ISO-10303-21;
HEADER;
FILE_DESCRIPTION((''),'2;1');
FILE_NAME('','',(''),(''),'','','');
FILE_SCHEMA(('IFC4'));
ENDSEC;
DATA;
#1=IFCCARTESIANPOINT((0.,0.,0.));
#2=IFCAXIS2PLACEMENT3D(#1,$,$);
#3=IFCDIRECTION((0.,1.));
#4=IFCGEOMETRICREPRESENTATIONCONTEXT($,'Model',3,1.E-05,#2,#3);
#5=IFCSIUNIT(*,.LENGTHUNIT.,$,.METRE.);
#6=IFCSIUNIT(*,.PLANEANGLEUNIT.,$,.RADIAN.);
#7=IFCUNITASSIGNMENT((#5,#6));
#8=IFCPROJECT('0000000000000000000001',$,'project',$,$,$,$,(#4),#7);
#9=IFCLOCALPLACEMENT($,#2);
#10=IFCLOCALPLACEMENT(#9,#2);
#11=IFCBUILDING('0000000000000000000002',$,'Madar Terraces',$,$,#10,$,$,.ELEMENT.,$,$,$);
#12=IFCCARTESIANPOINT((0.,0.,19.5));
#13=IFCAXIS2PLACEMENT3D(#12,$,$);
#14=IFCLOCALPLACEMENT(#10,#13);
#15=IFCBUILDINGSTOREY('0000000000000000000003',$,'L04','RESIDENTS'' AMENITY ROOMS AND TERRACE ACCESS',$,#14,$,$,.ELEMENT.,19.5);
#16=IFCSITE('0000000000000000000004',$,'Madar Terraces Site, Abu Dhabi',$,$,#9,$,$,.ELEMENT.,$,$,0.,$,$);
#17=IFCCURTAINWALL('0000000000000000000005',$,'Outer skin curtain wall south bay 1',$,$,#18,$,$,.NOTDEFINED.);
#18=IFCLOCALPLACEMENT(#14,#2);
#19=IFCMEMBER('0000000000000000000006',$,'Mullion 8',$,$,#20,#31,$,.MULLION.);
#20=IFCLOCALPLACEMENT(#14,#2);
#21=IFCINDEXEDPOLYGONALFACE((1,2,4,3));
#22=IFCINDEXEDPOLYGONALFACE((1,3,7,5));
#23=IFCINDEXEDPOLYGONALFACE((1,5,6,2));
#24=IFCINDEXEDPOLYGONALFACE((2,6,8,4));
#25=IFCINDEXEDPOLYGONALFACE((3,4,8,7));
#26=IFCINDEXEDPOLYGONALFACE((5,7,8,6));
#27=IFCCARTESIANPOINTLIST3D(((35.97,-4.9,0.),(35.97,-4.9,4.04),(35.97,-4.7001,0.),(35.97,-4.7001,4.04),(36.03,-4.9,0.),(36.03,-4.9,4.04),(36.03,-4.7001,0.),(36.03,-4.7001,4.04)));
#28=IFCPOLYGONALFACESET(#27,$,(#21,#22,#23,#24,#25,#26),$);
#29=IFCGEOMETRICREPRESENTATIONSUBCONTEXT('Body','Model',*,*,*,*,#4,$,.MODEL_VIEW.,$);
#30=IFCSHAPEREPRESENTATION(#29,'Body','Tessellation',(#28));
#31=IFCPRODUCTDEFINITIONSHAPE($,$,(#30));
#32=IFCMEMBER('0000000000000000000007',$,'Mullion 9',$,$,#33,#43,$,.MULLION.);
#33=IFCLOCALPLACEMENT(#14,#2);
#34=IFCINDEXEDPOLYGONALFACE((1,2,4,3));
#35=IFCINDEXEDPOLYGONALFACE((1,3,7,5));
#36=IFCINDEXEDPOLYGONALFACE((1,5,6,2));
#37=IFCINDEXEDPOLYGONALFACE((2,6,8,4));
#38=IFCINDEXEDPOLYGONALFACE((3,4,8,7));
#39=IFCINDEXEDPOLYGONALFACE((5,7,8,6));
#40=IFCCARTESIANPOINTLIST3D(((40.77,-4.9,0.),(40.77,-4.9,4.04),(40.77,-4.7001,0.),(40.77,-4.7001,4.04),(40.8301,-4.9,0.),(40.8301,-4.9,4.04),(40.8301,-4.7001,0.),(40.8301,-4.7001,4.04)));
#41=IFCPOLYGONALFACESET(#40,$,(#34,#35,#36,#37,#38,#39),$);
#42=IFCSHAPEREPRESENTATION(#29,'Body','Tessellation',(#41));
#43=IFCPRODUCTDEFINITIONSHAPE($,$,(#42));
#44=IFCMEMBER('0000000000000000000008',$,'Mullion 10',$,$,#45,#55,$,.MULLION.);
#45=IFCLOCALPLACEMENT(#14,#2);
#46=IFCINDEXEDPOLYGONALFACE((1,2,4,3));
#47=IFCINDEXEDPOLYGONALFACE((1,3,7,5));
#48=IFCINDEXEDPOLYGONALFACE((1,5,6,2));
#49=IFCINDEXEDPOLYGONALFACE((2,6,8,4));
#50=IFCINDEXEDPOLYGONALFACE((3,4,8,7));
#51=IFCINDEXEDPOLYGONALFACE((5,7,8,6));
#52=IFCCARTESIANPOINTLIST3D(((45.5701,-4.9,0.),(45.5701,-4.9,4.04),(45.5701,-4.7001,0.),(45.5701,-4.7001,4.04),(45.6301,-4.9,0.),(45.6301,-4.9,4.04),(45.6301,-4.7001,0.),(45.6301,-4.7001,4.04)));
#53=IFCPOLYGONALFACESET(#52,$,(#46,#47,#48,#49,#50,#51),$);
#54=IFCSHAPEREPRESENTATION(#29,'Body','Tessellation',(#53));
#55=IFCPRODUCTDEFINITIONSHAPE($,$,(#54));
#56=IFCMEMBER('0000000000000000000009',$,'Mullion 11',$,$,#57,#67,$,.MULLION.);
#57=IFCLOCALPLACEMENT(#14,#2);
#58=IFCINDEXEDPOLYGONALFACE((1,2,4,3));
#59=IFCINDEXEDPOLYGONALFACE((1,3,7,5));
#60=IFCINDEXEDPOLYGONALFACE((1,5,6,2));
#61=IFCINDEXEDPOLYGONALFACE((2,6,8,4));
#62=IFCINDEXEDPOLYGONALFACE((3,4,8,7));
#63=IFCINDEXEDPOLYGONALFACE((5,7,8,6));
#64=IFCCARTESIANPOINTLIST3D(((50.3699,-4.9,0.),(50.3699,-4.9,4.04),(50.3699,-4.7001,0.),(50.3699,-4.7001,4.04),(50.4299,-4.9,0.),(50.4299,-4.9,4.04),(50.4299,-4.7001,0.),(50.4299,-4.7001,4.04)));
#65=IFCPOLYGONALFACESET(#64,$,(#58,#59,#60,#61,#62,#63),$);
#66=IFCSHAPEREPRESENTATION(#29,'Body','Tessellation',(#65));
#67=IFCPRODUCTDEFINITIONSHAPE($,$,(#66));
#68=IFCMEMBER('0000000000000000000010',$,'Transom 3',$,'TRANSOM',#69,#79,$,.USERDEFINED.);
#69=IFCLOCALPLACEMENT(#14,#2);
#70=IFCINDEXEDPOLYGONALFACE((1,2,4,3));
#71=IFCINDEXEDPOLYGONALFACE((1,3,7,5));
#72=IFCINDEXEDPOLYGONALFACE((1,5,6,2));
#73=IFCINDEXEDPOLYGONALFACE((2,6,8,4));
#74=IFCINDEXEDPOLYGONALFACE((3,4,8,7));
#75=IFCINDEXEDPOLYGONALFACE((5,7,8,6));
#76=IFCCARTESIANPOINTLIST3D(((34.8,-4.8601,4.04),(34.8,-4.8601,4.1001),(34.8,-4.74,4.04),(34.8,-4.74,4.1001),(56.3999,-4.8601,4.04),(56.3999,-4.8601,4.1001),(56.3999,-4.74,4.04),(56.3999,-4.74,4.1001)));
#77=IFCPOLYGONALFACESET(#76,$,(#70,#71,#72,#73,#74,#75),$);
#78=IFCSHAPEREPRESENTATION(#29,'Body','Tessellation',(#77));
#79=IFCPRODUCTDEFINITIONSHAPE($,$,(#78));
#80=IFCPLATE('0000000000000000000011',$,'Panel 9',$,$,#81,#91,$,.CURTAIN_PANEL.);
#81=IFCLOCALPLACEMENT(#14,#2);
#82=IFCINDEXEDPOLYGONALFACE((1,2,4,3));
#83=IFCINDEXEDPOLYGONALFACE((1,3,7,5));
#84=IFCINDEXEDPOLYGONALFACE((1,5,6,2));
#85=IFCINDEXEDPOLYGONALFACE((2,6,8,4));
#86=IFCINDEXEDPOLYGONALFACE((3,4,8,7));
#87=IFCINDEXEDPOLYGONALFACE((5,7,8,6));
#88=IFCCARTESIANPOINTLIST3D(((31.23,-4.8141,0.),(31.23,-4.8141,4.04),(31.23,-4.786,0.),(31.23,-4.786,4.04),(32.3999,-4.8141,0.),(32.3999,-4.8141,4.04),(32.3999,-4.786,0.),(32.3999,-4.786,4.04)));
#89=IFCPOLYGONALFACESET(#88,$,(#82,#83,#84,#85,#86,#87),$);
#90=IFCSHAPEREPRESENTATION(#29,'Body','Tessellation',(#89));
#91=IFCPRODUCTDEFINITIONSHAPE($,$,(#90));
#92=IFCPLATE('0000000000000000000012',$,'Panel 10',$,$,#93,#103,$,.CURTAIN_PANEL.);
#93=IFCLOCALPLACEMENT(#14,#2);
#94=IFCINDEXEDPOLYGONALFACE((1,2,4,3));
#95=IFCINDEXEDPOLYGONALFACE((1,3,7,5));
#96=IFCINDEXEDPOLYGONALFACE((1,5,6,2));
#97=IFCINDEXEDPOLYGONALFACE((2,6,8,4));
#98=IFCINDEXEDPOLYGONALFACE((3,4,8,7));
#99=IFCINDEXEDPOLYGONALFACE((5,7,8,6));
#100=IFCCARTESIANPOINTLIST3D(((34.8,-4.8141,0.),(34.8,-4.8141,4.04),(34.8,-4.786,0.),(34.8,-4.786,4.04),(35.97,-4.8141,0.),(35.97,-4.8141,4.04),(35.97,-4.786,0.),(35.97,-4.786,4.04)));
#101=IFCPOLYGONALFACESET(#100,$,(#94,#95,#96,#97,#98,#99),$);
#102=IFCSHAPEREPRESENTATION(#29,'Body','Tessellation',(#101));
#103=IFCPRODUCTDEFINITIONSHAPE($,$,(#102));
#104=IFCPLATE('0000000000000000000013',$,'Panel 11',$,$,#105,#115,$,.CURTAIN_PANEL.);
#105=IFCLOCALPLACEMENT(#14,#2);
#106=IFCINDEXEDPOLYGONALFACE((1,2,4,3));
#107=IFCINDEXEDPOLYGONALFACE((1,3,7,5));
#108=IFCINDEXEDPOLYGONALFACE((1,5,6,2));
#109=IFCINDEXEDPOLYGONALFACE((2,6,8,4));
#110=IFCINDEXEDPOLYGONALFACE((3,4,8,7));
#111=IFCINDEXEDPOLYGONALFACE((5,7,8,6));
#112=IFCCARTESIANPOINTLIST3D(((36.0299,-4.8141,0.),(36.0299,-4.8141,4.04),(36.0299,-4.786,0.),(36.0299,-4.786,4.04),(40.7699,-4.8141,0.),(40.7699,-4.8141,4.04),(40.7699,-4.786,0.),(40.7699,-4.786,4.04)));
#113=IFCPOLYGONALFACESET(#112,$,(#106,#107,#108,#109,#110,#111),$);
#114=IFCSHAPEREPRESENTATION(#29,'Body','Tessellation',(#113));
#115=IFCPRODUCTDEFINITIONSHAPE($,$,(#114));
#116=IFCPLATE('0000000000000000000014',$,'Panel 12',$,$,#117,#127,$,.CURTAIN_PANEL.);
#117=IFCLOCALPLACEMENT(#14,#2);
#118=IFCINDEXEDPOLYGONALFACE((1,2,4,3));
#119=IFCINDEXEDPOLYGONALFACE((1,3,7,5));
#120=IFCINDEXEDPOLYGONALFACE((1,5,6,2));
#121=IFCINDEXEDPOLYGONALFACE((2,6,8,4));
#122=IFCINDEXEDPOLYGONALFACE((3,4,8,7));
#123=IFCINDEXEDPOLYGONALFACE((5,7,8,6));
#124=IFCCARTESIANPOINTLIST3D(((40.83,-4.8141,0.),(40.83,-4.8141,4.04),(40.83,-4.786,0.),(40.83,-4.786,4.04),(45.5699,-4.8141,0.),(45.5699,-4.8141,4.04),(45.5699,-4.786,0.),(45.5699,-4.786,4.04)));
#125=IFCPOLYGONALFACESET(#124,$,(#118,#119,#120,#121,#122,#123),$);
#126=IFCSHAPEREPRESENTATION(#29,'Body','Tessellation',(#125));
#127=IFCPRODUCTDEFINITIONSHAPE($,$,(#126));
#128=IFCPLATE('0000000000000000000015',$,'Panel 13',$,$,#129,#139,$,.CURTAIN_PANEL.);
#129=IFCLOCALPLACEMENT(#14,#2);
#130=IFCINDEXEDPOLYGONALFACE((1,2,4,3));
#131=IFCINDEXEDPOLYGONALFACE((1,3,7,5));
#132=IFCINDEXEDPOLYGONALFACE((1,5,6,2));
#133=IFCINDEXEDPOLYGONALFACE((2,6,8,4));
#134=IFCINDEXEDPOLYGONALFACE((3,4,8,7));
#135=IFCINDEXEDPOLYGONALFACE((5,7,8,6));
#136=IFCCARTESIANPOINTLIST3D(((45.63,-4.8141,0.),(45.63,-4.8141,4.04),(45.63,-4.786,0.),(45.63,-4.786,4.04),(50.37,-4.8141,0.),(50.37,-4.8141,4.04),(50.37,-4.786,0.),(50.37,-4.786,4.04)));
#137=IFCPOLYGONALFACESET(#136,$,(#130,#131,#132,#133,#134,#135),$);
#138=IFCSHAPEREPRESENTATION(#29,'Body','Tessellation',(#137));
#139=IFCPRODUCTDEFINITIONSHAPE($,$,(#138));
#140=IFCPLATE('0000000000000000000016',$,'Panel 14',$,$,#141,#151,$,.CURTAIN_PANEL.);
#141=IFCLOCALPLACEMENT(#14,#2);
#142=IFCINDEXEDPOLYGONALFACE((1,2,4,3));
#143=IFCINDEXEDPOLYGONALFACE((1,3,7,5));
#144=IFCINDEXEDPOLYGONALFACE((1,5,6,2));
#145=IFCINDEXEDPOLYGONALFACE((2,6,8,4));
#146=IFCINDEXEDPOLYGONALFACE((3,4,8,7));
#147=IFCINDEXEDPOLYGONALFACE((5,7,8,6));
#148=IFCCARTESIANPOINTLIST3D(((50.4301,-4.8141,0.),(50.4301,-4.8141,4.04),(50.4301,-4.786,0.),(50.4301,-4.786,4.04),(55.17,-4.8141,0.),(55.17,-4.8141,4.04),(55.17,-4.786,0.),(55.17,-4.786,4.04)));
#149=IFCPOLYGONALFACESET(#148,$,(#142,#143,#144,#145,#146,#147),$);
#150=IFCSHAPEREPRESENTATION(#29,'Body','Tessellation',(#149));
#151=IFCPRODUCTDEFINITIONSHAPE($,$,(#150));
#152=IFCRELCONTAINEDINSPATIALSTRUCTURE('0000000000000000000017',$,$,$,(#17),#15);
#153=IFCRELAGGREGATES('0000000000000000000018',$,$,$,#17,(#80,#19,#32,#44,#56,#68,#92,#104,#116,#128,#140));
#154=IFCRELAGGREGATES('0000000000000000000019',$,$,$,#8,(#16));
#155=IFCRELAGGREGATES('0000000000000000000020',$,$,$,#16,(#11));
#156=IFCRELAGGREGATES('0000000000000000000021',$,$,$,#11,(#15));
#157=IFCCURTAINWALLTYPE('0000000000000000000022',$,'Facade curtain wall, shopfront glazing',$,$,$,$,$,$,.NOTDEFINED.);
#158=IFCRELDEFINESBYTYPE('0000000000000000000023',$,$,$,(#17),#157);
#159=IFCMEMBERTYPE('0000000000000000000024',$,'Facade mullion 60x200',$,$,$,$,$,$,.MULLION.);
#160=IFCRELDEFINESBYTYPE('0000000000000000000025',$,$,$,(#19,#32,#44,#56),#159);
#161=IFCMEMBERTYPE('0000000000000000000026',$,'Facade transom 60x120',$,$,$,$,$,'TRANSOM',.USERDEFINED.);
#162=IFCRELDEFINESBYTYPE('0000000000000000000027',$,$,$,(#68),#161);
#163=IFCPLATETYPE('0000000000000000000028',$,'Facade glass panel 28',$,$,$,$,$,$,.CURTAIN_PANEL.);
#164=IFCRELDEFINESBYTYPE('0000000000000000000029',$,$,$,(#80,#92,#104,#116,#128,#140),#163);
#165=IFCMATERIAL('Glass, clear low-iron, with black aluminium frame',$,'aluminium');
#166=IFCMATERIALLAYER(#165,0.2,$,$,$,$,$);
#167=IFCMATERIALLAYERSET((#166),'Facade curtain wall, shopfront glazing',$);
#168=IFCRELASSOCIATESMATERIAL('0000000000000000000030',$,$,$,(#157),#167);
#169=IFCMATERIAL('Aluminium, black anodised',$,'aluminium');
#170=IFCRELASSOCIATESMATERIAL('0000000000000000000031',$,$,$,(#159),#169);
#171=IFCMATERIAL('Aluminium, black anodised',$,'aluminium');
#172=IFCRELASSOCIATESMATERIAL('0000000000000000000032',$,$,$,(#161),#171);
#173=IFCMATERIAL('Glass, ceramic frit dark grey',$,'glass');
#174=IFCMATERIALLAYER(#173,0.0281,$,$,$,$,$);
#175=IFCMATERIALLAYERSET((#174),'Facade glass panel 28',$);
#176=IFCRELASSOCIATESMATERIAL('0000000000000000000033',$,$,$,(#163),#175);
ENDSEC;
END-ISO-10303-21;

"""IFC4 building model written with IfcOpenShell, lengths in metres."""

from ifc_helpers import new_model, si_unit, direction, frame, origin, origin_2d, place, context, subcontext, project, spatial, rectangle, extrude, material, layer, layer_set, material_profile, profile_set, type_object, element, aggregate, save


model = new_model("IFC4")

# Units and contexts
model_context = context("Model", 3, precision=1e-05, world=origin(), true_north=direction((0.0, 1.0)))
body_context = subcontext(model_context, "Body", "Model", "MODEL_VIEW")
ifc_project = project(units=[si_unit("LENGTHUNIT", "METRE"), si_unit("PLANEANGLEUNIT", "RADIAN")], contexts=[model_context])

# Site, building, storey
site_placement = place(None, origin())
site = spatial("IfcSite", under=ifc_project, at=site_placement, Name="Madar Terraces Site, Abu Dhabi", CompositionType="ELEMENT", RefElevation=0.0)
building_placement = place(site_placement, origin())
building = spatial("IfcBuilding", under=site, at=building_placement, Name="Madar Terraces", CompositionType="ELEMENT")
storey_placement = place(building_placement, frame((0.0, 0.0, 19.5)))
storey = spatial("IfcBuildingStorey", under=building, at=storey_placement, Name="L04", Description="RESIDENTS' AMENITY ROOMS AND TERRACE ACCESS", CompositionType="ELEMENT", Elevation=19.5)

# Curtain wall, members, plates
ifc_material_1 = material(Name="Glass, clear low-iron, with black aluminium frame", Category="aluminium")
ifc_layer_1 = layer(ifc_material_1, 0.2)
ifc_layer_set_1 = layer_set([ifc_layer_1], Name="Facade curtain wall, shopfront glazing")
curtain_wall_type = type_object("IfcCurtainWallType", Name="Facade curtain wall, shopfront glazing", PredefinedType="NOTDEFINED", material=ifc_layer_set_1)
curtain_wall_placement = place(storey_placement, origin())
curtain_wall = element("IfcCurtainWall", 1, at=curtain_wall_placement, inside=storey, type_object=curtain_wall_type, Name="Outer skin curtain wall south bay 1", PredefinedType="NOTDEFINED")
ifc_material_2 = material(Name="Aluminium, black anodised", Category="aluminium")
ifc_material_profile_1 = material_profile(ifc_material_2, rectangle(XDim=0.2, YDim=0.0601, at=origin_2d()), Name="Facade mullion 60x200")
ifc_profile_set_1 = profile_set([ifc_material_profile_1], Name="Aluminium, black anodised")
member_type_1 = type_object("IfcMemberType", Name="Facade mullion 60x200", PredefinedType="MULLION", material=ifc_profile_set_1)
member_1_placement = place(storey_placement, frame((36.0, -4.8, 0.0), z_axis=(0.0, 0.0, 1.0), x_axis=(0.0, 1.0, 0.0)))
member_1 = element("IfcMember", 2, at=member_1_placement, type_object=member_type_1, Name="Mullion 8", PredefinedType="MULLION", context=body_context, shape_type="SweptSolid", body=[
    extrude(rectangle(XDim=0.2, YDim=0.0601, at=origin_2d()), origin(), (0.0, 0.0, 1.0), 4.04),
])
member_2_placement = place(storey_placement, frame((40.8, -4.8, 0.0), z_axis=(0.0, 0.0, 1.0), x_axis=(0.0, 1.0, 0.0)))
member_2 = element("IfcMember", 3, at=member_2_placement, type_object=member_type_1, Name="Mullion 9", PredefinedType="MULLION", context=body_context, shape_type="SweptSolid", body=[
    extrude(rectangle(XDim=0.2, YDim=0.0601, at=origin_2d()), origin(), (0.0, 0.0, 1.0), 4.04),
])
member_3_placement = place(storey_placement, frame((45.6001, -4.8, 0.0), z_axis=(0.0, 0.0, 1.0), x_axis=(0.0, 1.0, 0.0)))
member_3 = element("IfcMember", 4, at=member_3_placement, type_object=member_type_1, Name="Mullion 10", PredefinedType="MULLION", context=body_context, shape_type="SweptSolid", body=[
    extrude(rectangle(XDim=0.2, YDim=0.0601, at=origin_2d()), origin(), (0.0, 0.0, 1.0), 4.04),
])
member_4_placement = place(storey_placement, frame((50.3999, -4.8, 0.0), z_axis=(0.0, 0.0, 1.0), x_axis=(0.0, 1.0, 0.0)))
member_4 = element("IfcMember", 5, at=member_4_placement, type_object=member_type_1, Name="Mullion 11", PredefinedType="MULLION", context=body_context, shape_type="SweptSolid", body=[
    extrude(rectangle(XDim=0.2, YDim=0.0601, at=origin_2d()), origin(), (0.0, 0.0, 1.0), 4.04),
])
ifc_material_3 = material(Name="Aluminium, black anodised", Category="aluminium")
ifc_material_profile_2 = material_profile(ifc_material_3, rectangle(XDim=0.1201, YDim=0.0601, at=origin_2d()), Name="Facade transom 60x120")
ifc_profile_set_2 = profile_set([ifc_material_profile_2], Name="Aluminium, black anodised")
member_type_2 = type_object("IfcMemberType", Name="Facade transom 60x120", ElementType="TRANSOM", PredefinedType="USERDEFINED", material=ifc_profile_set_2)
member_5_placement = place(storey_placement, frame((34.8, -4.8, 4.0701), z_axis=(1.0, 0.0, 0.0), x_axis=(0.0, 1.0, 0.0)))
member_5 = element("IfcMember", 6, at=member_5_placement, type_object=member_type_2, Name="Transom 3", ObjectType="TRANSOM", PredefinedType="USERDEFINED", context=body_context, shape_type="SweptSolid", body=[
    extrude(rectangle(XDim=0.1201, YDim=0.0601, at=origin_2d()), origin(), (0.0, 0.0, 1.0), 21.5999),
])
ifc_material_4 = material(Name="Glass, ceramic frit dark grey", Category="glass")
ifc_layer_2 = layer(ifc_material_4, 0.0281)
ifc_layer_set_2 = layer_set([ifc_layer_2], Name="Facade glass panel 28")
plate_type = type_object("IfcPlateType", Name="Facade glass panel 28", PredefinedType="CURTAIN_PANEL", material=ifc_layer_set_2)
plate_1_placement = place(storey_placement, frame((31.8149, -4.8, 0.0), z_axis=(0.0, 0.0, 1.0), x_axis=(1.0, 0.0, 0.0)))
plate_1 = element("IfcPlate", 7, at=plate_1_placement, type_object=plate_type, Name="Panel 9", PredefinedType="CURTAIN_PANEL", context=body_context, shape_type="SweptSolid", body=[
    extrude(rectangle(XDim=1.1699, YDim=0.0281, at=origin_2d()), origin(), (0.0, 0.0, 1.0), 4.04),
])
plate_2_placement = place(storey_placement, frame((35.385, -4.8, 0.0), z_axis=(0.0, 0.0, 1.0), x_axis=(1.0, 0.0, 0.0)))
plate_2 = element("IfcPlate", 8, at=plate_2_placement, type_object=plate_type, Name="Panel 10", PredefinedType="CURTAIN_PANEL", context=body_context, shape_type="SweptSolid", body=[
    extrude(rectangle(XDim=1.1699, YDim=0.0281, at=origin_2d()), origin(), (0.0, 0.0, 1.0), 4.04),
])
plate_3_placement = place(storey_placement, frame((38.3999, -4.8, 0.0), z_axis=(0.0, 0.0, 1.0), x_axis=(1.0, 0.0, 0.0)))
plate_3 = element("IfcPlate", 9, at=plate_3_placement, type_object=plate_type, Name="Panel 11", PredefinedType="CURTAIN_PANEL", context=body_context, shape_type="SweptSolid", body=[
    extrude(rectangle(XDim=4.74, YDim=0.0281, at=origin_2d()), origin(), (0.0, 0.0, 1.0), 4.04),
])
plate_4_placement = place(storey_placement, frame((43.2, -4.8, 0.0), z_axis=(0.0, 0.0, 1.0), x_axis=(1.0, 0.0, 0.0)))
plate_4 = element("IfcPlate", 10, at=plate_4_placement, type_object=plate_type, Name="Panel 12", PredefinedType="CURTAIN_PANEL", context=body_context, shape_type="SweptSolid", body=[
    extrude(rectangle(XDim=4.74, YDim=0.0281, at=origin_2d()), origin(), (0.0, 0.0, 1.0), 4.04),
])
plate_5_placement = place(storey_placement, frame((48.0, -4.8, 0.0), z_axis=(0.0, 0.0, 1.0), x_axis=(1.0, 0.0, 0.0)))
plate_5 = element("IfcPlate", 11, at=plate_5_placement, type_object=plate_type, Name="Panel 13", PredefinedType="CURTAIN_PANEL", context=body_context, shape_type="SweptSolid", body=[
    extrude(rectangle(XDim=4.74, YDim=0.0281, at=origin_2d()), origin(), (0.0, 0.0, 1.0), 4.04),
])
plate_6_placement = place(storey_placement, frame((52.8, -4.8, 0.0), z_axis=(0.0, 0.0, 1.0), x_axis=(1.0, 0.0, 0.0)))
plate_6 = element("IfcPlate", 12, at=plate_6_placement, type_object=plate_type, Name="Panel 14", PredefinedType="CURTAIN_PANEL", context=body_context, shape_type="SweptSolid", body=[
    extrude(rectangle(XDim=4.74, YDim=0.0281, at=origin_2d()), origin(), (0.0, 0.0, 1.0), 4.04),
])
aggregate(curtain_wall, [plate_1, member_1, member_2, member_3, member_4, member_5, plate_2, plate_3, plate_4, plate_5, plate_6])

save(model, "model.ifc")
